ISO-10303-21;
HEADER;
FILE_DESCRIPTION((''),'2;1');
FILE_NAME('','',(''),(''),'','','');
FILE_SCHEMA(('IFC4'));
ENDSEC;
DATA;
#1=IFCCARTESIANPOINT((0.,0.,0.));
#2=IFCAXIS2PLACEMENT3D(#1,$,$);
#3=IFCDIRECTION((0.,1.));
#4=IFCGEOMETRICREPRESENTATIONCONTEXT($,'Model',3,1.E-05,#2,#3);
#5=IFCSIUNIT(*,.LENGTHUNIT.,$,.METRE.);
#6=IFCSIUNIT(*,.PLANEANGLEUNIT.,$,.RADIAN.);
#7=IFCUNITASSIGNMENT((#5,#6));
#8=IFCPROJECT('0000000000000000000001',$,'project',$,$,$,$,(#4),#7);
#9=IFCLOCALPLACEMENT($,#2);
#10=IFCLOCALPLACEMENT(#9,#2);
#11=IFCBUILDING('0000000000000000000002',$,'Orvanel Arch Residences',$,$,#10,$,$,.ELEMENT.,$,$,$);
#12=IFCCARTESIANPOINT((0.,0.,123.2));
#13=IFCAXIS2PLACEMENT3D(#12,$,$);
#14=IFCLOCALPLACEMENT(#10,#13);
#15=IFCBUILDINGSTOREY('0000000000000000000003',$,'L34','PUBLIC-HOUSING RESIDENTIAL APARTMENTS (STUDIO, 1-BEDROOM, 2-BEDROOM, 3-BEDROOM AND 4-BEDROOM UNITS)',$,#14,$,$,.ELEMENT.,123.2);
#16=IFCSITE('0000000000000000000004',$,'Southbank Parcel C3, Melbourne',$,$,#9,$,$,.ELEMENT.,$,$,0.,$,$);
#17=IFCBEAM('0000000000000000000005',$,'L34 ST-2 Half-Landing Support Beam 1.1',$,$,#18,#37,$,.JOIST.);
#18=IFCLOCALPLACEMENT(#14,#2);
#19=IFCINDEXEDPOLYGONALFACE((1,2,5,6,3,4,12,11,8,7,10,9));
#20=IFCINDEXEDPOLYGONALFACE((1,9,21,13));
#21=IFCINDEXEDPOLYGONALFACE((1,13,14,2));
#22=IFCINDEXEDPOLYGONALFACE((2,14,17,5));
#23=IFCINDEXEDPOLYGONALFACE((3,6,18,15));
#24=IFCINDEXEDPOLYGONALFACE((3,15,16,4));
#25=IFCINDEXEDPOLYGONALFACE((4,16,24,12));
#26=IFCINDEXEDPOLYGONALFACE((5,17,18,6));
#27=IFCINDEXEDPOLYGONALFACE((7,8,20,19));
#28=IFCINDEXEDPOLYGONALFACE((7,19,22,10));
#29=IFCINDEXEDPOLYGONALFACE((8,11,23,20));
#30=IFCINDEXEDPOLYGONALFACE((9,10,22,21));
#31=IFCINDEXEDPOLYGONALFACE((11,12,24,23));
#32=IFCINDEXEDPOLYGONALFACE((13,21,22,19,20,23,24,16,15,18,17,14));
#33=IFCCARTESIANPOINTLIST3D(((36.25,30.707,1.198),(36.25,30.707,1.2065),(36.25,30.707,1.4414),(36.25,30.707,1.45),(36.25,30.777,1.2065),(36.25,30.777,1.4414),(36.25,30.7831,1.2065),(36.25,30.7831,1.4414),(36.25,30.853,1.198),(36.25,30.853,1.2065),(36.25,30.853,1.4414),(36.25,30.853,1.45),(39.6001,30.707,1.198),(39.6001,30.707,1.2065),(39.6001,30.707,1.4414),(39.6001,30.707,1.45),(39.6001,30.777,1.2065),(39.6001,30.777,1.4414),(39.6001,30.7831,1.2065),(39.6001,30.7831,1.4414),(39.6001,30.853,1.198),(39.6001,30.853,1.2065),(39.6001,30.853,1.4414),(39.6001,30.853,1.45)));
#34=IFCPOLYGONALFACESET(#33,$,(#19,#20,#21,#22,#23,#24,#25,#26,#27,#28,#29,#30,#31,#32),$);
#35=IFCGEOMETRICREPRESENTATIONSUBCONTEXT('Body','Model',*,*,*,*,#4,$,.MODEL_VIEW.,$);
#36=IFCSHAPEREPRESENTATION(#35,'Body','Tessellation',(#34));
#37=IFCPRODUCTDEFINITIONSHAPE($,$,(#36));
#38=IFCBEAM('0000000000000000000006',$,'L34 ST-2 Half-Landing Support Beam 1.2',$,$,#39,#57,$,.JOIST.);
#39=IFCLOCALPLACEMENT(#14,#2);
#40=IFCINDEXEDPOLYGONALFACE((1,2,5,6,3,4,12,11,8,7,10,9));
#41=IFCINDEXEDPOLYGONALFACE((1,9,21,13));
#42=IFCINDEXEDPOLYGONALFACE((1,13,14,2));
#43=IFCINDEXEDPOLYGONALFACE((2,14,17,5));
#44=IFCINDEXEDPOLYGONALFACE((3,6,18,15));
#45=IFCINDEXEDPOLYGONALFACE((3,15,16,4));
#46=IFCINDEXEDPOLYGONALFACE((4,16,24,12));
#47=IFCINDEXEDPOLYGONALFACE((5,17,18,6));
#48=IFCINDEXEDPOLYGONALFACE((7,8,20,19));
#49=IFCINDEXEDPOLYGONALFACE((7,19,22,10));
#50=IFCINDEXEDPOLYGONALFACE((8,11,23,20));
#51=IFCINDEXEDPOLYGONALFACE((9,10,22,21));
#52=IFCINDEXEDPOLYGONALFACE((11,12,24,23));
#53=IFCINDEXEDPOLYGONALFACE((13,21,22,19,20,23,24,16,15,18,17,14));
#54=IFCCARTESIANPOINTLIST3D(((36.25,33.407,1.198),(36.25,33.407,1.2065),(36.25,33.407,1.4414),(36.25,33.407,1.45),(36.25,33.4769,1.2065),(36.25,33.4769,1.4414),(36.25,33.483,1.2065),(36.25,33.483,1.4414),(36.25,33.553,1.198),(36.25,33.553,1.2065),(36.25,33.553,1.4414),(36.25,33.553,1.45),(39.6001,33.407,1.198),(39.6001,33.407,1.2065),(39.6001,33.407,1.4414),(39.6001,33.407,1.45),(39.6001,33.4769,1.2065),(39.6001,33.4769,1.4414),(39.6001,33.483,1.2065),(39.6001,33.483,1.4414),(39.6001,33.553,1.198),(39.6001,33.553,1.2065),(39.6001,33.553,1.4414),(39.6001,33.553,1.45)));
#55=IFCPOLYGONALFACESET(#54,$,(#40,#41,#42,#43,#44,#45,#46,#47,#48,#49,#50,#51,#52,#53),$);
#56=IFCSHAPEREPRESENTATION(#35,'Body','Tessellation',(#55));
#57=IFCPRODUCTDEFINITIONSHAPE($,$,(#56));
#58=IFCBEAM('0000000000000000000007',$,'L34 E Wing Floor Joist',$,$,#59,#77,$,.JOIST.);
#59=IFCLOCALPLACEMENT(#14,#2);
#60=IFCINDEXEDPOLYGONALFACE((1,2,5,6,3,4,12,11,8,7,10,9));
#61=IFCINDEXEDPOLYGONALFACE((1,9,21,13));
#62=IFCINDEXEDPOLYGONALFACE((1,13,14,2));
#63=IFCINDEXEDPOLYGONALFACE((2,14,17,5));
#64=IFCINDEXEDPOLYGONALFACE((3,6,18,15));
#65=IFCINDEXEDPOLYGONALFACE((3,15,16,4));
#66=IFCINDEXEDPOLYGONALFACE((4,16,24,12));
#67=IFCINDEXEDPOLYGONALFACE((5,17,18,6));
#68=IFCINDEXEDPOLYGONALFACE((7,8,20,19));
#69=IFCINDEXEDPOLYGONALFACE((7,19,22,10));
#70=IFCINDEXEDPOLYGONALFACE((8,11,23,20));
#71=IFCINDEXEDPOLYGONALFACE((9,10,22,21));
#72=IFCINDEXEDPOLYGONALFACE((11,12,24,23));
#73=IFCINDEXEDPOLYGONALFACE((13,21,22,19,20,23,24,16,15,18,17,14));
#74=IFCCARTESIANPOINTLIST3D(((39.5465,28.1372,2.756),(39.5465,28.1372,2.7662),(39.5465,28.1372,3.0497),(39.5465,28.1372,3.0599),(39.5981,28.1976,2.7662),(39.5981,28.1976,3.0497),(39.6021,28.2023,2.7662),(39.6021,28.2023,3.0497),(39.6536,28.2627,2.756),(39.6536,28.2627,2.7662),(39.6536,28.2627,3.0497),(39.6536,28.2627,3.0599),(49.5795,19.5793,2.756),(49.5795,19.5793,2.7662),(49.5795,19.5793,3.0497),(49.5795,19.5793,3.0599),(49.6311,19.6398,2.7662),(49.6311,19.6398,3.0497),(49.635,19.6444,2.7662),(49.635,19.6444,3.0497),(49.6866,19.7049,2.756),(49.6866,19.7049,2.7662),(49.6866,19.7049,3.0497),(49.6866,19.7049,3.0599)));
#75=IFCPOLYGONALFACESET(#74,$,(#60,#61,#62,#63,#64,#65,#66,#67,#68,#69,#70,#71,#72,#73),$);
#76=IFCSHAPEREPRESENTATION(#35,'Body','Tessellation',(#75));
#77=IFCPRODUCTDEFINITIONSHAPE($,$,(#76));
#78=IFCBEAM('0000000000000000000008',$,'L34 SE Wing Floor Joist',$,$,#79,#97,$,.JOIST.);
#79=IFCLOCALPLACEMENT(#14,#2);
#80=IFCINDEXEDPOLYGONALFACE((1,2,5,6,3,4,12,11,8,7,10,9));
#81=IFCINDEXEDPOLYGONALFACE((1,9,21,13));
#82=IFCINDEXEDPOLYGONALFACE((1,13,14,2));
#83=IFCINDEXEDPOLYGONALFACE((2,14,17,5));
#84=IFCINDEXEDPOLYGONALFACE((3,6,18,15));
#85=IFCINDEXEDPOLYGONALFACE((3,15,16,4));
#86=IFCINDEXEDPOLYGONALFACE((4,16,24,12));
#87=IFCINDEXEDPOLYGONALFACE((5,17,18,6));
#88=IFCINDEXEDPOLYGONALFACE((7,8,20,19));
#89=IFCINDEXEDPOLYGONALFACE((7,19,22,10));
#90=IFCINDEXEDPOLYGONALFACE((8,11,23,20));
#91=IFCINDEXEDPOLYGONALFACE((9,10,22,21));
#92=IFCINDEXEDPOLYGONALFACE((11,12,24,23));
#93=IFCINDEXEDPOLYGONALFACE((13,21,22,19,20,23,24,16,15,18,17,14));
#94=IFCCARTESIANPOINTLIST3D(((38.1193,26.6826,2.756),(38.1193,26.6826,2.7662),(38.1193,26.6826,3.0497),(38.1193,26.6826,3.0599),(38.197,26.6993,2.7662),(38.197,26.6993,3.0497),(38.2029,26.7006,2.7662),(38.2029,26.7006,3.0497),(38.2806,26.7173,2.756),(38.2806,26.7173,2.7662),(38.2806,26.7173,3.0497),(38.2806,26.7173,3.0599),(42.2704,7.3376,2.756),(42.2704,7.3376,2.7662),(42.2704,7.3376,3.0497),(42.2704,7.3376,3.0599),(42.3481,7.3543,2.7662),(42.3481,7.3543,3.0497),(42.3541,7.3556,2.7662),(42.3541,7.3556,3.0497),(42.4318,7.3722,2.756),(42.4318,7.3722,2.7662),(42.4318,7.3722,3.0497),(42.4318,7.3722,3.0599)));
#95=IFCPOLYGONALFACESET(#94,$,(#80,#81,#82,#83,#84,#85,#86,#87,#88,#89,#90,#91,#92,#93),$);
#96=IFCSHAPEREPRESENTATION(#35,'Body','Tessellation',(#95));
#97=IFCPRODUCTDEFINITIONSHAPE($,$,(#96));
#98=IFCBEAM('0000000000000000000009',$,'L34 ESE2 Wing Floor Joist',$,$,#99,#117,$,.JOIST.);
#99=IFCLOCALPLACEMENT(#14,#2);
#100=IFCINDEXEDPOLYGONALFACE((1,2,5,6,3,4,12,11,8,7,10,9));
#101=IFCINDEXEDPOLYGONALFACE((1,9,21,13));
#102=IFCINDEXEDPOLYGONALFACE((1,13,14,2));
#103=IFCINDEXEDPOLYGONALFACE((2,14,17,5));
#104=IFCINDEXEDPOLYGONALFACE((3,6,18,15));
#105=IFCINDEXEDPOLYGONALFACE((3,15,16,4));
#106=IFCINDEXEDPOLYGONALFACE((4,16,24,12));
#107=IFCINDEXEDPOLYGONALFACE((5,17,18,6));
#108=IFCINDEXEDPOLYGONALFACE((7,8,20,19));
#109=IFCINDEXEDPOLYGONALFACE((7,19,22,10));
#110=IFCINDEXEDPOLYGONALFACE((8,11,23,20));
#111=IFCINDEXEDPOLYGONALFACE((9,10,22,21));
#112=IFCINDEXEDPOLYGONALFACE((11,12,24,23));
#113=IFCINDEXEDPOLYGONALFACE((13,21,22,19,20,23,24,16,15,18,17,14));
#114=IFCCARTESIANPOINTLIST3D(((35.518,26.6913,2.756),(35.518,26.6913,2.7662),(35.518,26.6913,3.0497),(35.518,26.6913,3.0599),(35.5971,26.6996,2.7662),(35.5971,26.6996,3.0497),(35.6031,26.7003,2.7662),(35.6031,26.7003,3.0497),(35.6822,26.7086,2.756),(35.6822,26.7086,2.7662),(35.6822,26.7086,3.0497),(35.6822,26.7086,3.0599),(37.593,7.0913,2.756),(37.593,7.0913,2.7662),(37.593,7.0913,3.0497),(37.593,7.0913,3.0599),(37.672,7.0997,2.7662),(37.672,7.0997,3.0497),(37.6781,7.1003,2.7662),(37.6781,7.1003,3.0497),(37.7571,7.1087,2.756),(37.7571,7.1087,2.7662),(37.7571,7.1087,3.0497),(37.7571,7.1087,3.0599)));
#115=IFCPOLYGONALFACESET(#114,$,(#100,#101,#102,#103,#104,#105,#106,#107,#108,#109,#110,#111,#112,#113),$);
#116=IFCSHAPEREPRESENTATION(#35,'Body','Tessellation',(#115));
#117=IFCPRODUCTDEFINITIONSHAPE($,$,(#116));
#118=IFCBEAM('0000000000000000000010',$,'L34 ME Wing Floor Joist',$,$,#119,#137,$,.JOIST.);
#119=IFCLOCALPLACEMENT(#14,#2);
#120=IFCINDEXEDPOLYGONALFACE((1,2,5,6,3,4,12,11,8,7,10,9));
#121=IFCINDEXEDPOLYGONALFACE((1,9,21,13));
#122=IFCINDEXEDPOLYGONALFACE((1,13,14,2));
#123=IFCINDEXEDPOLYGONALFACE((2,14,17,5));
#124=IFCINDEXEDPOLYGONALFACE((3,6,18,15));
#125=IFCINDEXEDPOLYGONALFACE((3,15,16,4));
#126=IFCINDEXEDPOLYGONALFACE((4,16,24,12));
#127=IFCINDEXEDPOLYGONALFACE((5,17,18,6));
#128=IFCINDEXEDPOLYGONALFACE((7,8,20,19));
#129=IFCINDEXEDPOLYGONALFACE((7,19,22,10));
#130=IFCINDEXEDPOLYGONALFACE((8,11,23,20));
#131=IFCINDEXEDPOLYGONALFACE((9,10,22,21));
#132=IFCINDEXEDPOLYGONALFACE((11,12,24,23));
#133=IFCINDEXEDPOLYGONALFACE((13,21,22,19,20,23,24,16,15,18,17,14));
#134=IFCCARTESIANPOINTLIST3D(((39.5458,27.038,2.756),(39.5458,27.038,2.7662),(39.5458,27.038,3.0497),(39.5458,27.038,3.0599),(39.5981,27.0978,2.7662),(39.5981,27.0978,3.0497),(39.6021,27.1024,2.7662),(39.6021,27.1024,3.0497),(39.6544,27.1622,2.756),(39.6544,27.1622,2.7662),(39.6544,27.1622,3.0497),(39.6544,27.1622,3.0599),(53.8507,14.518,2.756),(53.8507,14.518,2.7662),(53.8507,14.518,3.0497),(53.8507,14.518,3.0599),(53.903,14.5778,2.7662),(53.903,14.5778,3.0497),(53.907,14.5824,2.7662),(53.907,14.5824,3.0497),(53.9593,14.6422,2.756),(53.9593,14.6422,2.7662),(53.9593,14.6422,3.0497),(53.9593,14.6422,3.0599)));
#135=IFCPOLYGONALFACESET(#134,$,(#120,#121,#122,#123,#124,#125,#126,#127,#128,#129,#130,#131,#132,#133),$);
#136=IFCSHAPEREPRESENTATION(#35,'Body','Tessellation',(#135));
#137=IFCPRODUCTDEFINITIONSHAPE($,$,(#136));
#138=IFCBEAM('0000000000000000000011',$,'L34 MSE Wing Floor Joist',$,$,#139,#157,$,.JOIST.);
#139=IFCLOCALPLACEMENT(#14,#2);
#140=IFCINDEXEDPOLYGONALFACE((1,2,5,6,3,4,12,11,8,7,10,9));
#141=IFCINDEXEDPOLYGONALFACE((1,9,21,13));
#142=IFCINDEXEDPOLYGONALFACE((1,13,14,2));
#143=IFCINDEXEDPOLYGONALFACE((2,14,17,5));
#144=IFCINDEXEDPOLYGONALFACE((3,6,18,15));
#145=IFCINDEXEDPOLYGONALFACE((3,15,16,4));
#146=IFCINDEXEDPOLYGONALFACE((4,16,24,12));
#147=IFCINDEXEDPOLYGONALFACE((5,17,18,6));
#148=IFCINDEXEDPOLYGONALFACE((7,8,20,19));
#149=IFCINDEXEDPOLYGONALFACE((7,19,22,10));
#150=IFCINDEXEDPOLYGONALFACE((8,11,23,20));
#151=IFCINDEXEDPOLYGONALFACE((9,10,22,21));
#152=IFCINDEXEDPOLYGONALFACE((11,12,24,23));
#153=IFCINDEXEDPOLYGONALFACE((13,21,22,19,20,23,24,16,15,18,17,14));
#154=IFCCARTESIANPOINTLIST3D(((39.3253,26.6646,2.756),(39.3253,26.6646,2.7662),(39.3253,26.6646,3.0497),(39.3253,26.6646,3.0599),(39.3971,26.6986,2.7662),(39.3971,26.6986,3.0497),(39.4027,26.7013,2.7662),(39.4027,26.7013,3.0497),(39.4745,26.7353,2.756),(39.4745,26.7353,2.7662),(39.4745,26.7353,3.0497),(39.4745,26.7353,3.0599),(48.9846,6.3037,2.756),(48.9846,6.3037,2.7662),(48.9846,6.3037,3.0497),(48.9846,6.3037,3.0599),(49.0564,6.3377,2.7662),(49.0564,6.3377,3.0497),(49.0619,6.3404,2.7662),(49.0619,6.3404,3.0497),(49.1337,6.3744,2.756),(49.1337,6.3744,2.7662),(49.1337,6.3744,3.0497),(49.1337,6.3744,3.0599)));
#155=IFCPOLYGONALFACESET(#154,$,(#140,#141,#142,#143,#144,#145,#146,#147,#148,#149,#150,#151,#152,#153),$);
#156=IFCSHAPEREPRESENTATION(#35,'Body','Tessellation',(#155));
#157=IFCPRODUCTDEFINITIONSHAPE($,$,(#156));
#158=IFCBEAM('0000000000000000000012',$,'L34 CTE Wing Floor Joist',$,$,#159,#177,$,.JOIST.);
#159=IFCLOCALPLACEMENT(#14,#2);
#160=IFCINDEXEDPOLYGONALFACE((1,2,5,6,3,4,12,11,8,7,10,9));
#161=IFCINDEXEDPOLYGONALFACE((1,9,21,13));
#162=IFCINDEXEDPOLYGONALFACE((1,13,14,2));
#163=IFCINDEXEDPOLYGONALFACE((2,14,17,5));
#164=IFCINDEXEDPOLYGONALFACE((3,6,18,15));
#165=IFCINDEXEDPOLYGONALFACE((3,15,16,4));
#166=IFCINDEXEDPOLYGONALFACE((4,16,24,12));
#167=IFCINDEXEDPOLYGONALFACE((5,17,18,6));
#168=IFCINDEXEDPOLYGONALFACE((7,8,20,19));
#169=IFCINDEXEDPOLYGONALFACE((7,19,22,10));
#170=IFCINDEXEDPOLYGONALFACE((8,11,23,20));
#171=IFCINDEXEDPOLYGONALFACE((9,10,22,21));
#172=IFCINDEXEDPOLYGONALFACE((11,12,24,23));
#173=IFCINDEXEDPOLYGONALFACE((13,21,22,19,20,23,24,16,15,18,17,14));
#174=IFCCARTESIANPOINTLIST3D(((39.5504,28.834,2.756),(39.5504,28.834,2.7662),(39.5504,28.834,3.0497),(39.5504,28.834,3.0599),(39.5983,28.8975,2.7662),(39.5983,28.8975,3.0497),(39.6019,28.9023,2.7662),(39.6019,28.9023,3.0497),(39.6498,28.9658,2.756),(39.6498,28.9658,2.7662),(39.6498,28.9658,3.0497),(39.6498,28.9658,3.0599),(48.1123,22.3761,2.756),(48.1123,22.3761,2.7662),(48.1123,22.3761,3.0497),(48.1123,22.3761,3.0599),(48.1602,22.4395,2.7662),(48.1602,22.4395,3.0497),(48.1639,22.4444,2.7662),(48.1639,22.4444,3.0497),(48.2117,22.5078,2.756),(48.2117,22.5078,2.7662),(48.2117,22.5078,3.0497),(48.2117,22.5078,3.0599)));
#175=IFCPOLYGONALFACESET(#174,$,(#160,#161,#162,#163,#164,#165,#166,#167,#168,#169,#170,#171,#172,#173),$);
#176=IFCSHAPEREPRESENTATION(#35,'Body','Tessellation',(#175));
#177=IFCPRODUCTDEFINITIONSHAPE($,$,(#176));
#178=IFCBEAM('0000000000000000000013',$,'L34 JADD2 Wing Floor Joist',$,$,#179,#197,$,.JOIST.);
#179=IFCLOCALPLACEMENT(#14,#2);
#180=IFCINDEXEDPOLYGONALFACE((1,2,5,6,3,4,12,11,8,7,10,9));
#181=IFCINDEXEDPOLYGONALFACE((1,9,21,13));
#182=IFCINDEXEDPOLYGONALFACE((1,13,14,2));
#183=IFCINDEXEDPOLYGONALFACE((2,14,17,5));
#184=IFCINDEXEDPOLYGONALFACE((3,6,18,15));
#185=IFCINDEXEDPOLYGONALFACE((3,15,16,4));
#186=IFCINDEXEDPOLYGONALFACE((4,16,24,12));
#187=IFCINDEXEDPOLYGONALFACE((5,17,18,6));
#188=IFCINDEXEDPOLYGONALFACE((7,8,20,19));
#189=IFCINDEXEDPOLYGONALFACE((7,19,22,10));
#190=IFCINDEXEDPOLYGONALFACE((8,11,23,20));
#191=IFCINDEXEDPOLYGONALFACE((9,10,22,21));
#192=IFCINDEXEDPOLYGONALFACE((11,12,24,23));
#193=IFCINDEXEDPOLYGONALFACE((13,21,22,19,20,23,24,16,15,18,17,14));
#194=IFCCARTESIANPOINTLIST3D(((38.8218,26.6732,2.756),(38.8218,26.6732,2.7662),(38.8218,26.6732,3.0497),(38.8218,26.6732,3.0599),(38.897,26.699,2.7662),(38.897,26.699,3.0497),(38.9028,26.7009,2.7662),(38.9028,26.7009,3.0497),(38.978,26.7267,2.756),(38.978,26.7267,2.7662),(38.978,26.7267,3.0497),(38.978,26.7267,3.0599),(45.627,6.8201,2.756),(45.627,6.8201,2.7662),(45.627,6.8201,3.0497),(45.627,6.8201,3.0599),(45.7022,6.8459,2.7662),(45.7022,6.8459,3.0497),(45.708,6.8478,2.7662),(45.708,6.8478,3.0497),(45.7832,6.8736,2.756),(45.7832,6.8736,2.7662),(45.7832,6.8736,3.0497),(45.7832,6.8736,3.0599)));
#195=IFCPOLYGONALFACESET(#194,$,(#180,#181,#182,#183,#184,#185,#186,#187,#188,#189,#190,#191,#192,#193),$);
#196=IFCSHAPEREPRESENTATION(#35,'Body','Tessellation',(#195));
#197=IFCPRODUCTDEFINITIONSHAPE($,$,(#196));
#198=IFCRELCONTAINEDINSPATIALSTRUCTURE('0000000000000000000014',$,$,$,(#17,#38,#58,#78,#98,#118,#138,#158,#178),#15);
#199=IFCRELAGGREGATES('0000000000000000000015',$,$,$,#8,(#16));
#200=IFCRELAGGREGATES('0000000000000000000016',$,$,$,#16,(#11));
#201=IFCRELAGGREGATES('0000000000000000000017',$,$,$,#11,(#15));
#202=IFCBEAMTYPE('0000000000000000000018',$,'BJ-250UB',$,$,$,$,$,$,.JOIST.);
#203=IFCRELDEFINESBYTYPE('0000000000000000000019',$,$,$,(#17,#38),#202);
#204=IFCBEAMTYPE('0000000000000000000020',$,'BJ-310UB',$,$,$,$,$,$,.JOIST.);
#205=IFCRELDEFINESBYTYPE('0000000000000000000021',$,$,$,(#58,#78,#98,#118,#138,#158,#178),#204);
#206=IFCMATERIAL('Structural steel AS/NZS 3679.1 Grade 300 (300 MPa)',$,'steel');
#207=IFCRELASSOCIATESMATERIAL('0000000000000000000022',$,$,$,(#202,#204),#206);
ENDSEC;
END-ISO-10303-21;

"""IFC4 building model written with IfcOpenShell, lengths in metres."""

from ifc_helpers import new_model, si_unit, direction, frame, origin, origin_2d, place, context, subcontext, project, spatial, i_section, extrude, material, material_profile, profile_set, type_object, element, save


model = new_model("IFC4")

# Units and contexts
model_context = context("Model", 3, precision=1e-05, world=origin(), true_north=direction((0.0, 1.0)))
body_context = subcontext(model_context, "Body", "Model", "MODEL_VIEW")
ifc_project = project(units=[si_unit("LENGTHUNIT", "METRE"), si_unit("PLANEANGLEUNIT", "RADIAN")], contexts=[model_context])

# Site, building, storey
site_placement = place(None, origin())
site = spatial("IfcSite", under=ifc_project, at=site_placement, Name="Southbank Parcel C3, Melbourne", CompositionType="ELEMENT", RefElevation=0.0)
building_placement = place(site_placement, origin())
building = spatial("IfcBuilding", under=site, at=building_placement, Name="Orvanel Arch Residences", CompositionType="ELEMENT")
storey_placement = place(building_placement, frame((0.0, 0.0, 123.2)))
storey = spatial("IfcBuildingStorey", under=building, at=storey_placement, Name="L34", Description="PUBLIC-HOUSING RESIDENTIAL APARTMENTS (STUDIO, 1-BEDROOM, 2-BEDROOM, 3-BEDROOM AND 4-BEDROOM UNITS)", CompositionType="ELEMENT", Elevation=123.2)

# Beams
ifc_material_1 = material(Name="Structural steel AS/NZS 3679.1 Grade 300 (300 MPa)", Category="steel")
ifc_material_profile_1 = material_profile(ifc_material_1, i_section(OverallWidth=0.146, OverallDepth=0.252, WebThickness=0.0061, FlangeThickness=0.0085, at=origin_2d()), Name="250UB31.4")
ifc_profile_set_1 = profile_set([ifc_material_profile_1], Name="Structural steel AS/NZS 3679.1 Grade 300 (300 MPa)")
beam_type_1 = type_object("IfcBeamType", Name="BJ-250UB", PredefinedType="JOIST", material=ifc_profile_set_1)
for number, where, z_axis, x_axis, name in (
    (1, (36.25, 30.78, 1.324), (1.0, 0.0, 0.0), (0.0, 1.0, 0.0), "L34 ST-2 Half-Landing Support Beam 1.1"),
    (2, (36.25, 33.48, 1.324), (1.0, 0.0, 0.0), (0.0, 1.0, 0.0), "L34 ST-2 Half-Landing Support Beam 1.2"),
):
    element("IfcBeam", number, at=place(storey_placement, frame(where, z_axis=z_axis, x_axis=x_axis)), inside=storey, type_object=beam_type_1, Name=name, PredefinedType="JOIST", context=body_context, shape_type="SweptSolid", body=[
        extrude(i_section(OverallWidth=0.146, OverallDepth=0.252, WebThickness=0.0061, FlangeThickness=0.0085, at=origin_2d()), origin(), (0.0, 0.0, 1.0), 3.3501),
    ])
ifc_material_profile_2 = material_profile(ifc_material_1, i_section(OverallWidth=0.165, OverallDepth=0.304, WebThickness=0.0061, FlangeThickness=0.0103, at=origin_2d()), Name="310UB40.4")
ifc_profile_set_2 = profile_set([ifc_material_profile_2], Name="Structural steel AS/NZS 3679.1 Grade 300 (300 MPa)")
beam_type_2 = type_object("IfcBeamType", Name="BJ-310UB", PredefinedType="JOIST", material=ifc_profile_set_2)
beam_1_placement = place(storey_placement, frame((39.6001, 28.2, 2.908), z_axis=(0.760821, -0.648961, 0.0), x_axis=(0.648961, 0.760821, 0.0)))
element("IfcBeam", 3, at=beam_1_placement, inside=storey, type_object=beam_type_2, Name="L34 E Wing Floor Joist", PredefinedType="JOIST", context=body_context, shape_type="SweptSolid", body=[
    extrude(i_section(OverallWidth=0.165, OverallDepth=0.304, WebThickness=0.0061, FlangeThickness=0.0103, at=origin_2d()), origin(), (0.0, 0.0, 1.0), 13.187),
])
beam_2_placement = place(storey_placement, frame((38.2, 26.7, 2.908), z_axis=(0.209808, -0.977743, 0.0), x_axis=(0.977743, 0.209808, 0.0)))
element("IfcBeam", 4, at=beam_2_placement, inside=storey, type_object=beam_type_2, Name="L34 SE Wing Floor Joist", PredefinedType="JOIST", context=body_context, shape_type="SweptSolid", body=[
    extrude(i_section(OverallWidth=0.165, OverallDepth=0.304, WebThickness=0.0061, FlangeThickness=0.0103, at=origin_2d()), origin(), (0.0, 0.0, 1.0), 19.7854),
])
beam_3_placement = place(storey_placement, frame((35.6001, 26.7, 2.908), z_axis=(0.105277, -0.994443, 0.0), x_axis=(0.994443, 0.105277, 0.0)))
element("IfcBeam", 5, at=beam_3_placement, inside=storey, type_object=beam_type_2, Name="L34 ESE2 Wing Floor Joist", PredefinedType="JOIST", context=body_context, shape_type="SweptSolid", body=[
    extrude(i_section(OverallWidth=0.165, OverallDepth=0.304, WebThickness=0.0061, FlangeThickness=0.0103, at=origin_2d()), origin(), (0.0, 0.0, 1.0), 19.7095),
])
beam_4_placement = place(storey_placement, frame((39.6001, 27.1001, 2.908), z_axis=(0.752493, -0.6586, 0.0), x_axis=(0.6586, 0.752493, 0.0)))
element("IfcBeam", 6, at=beam_4_placement, inside=storey, type_object=beam_type_2, Name="L34 ME Wing Floor Joist", PredefinedType="JOIST", context=body_context, shape_type="SweptSolid", body=[
    extrude(i_section(OverallWidth=0.165, OverallDepth=0.304, WebThickness=0.0061, FlangeThickness=0.0103, at=origin_2d()), origin(), (0.0, 0.0, 1.0), 19.01),
])
beam_5_placement = place(storey_placement, frame((39.3999, 26.7, 2.908), z_axis=(0.428614, -0.903488, 0.0), x_axis=(0.903488, 0.428614, 0.0)))
element("IfcBeam", 7, at=beam_5_placement, inside=storey, type_object=beam_type_2, Name="L34 MSE Wing Floor Joist", PredefinedType="JOIST", context=body_context, shape_type="SweptSolid", body=[
    extrude(i_section(OverallWidth=0.165, OverallDepth=0.304, WebThickness=0.0061, FlangeThickness=0.0103, at=origin_2d()), origin(), (0.0, 0.0, 1.0), 22.5359),
])
beam_6_placement = place(storey_placement, frame((39.6001, 28.8999, 2.908), z_axis=(0.798363, -0.602176, 0.0), x_axis=(0.602176, 0.798363, 0.0)))
element("IfcBeam", 8, at=beam_6_placement, inside=storey, type_object=beam_type_2, Name="L34 CTE Wing Floor Joist", PredefinedType="JOIST", context=body_context, shape_type="SweptSolid", body=[
    extrude(i_section(OverallWidth=0.165, OverallDepth=0.304, WebThickness=0.0061, FlangeThickness=0.0103, at=origin_2d()), origin(), (0.0, 0.0, 1.0), 10.7244),
])
beam_7_placement = place(storey_placement, frame((38.8999, 26.7, 2.908), z_axis=(0.324257, -0.945969, 0.0), x_axis=(0.945969, 0.324257, 0.0)))
element("IfcBeam", 9, at=beam_7_placement, inside=storey, type_object=beam_type_2, Name="L34 JADD2 Wing Floor Joist", PredefinedType="JOIST", context=body_context, shape_type="SweptSolid", body=[
    extrude(i_section(OverallWidth=0.165, OverallDepth=0.304, WebThickness=0.0061, FlangeThickness=0.0103, at=origin_2d()), origin(), (0.0, 0.0, 1.0), 20.9871),
])

save(model, "model.ifc")
